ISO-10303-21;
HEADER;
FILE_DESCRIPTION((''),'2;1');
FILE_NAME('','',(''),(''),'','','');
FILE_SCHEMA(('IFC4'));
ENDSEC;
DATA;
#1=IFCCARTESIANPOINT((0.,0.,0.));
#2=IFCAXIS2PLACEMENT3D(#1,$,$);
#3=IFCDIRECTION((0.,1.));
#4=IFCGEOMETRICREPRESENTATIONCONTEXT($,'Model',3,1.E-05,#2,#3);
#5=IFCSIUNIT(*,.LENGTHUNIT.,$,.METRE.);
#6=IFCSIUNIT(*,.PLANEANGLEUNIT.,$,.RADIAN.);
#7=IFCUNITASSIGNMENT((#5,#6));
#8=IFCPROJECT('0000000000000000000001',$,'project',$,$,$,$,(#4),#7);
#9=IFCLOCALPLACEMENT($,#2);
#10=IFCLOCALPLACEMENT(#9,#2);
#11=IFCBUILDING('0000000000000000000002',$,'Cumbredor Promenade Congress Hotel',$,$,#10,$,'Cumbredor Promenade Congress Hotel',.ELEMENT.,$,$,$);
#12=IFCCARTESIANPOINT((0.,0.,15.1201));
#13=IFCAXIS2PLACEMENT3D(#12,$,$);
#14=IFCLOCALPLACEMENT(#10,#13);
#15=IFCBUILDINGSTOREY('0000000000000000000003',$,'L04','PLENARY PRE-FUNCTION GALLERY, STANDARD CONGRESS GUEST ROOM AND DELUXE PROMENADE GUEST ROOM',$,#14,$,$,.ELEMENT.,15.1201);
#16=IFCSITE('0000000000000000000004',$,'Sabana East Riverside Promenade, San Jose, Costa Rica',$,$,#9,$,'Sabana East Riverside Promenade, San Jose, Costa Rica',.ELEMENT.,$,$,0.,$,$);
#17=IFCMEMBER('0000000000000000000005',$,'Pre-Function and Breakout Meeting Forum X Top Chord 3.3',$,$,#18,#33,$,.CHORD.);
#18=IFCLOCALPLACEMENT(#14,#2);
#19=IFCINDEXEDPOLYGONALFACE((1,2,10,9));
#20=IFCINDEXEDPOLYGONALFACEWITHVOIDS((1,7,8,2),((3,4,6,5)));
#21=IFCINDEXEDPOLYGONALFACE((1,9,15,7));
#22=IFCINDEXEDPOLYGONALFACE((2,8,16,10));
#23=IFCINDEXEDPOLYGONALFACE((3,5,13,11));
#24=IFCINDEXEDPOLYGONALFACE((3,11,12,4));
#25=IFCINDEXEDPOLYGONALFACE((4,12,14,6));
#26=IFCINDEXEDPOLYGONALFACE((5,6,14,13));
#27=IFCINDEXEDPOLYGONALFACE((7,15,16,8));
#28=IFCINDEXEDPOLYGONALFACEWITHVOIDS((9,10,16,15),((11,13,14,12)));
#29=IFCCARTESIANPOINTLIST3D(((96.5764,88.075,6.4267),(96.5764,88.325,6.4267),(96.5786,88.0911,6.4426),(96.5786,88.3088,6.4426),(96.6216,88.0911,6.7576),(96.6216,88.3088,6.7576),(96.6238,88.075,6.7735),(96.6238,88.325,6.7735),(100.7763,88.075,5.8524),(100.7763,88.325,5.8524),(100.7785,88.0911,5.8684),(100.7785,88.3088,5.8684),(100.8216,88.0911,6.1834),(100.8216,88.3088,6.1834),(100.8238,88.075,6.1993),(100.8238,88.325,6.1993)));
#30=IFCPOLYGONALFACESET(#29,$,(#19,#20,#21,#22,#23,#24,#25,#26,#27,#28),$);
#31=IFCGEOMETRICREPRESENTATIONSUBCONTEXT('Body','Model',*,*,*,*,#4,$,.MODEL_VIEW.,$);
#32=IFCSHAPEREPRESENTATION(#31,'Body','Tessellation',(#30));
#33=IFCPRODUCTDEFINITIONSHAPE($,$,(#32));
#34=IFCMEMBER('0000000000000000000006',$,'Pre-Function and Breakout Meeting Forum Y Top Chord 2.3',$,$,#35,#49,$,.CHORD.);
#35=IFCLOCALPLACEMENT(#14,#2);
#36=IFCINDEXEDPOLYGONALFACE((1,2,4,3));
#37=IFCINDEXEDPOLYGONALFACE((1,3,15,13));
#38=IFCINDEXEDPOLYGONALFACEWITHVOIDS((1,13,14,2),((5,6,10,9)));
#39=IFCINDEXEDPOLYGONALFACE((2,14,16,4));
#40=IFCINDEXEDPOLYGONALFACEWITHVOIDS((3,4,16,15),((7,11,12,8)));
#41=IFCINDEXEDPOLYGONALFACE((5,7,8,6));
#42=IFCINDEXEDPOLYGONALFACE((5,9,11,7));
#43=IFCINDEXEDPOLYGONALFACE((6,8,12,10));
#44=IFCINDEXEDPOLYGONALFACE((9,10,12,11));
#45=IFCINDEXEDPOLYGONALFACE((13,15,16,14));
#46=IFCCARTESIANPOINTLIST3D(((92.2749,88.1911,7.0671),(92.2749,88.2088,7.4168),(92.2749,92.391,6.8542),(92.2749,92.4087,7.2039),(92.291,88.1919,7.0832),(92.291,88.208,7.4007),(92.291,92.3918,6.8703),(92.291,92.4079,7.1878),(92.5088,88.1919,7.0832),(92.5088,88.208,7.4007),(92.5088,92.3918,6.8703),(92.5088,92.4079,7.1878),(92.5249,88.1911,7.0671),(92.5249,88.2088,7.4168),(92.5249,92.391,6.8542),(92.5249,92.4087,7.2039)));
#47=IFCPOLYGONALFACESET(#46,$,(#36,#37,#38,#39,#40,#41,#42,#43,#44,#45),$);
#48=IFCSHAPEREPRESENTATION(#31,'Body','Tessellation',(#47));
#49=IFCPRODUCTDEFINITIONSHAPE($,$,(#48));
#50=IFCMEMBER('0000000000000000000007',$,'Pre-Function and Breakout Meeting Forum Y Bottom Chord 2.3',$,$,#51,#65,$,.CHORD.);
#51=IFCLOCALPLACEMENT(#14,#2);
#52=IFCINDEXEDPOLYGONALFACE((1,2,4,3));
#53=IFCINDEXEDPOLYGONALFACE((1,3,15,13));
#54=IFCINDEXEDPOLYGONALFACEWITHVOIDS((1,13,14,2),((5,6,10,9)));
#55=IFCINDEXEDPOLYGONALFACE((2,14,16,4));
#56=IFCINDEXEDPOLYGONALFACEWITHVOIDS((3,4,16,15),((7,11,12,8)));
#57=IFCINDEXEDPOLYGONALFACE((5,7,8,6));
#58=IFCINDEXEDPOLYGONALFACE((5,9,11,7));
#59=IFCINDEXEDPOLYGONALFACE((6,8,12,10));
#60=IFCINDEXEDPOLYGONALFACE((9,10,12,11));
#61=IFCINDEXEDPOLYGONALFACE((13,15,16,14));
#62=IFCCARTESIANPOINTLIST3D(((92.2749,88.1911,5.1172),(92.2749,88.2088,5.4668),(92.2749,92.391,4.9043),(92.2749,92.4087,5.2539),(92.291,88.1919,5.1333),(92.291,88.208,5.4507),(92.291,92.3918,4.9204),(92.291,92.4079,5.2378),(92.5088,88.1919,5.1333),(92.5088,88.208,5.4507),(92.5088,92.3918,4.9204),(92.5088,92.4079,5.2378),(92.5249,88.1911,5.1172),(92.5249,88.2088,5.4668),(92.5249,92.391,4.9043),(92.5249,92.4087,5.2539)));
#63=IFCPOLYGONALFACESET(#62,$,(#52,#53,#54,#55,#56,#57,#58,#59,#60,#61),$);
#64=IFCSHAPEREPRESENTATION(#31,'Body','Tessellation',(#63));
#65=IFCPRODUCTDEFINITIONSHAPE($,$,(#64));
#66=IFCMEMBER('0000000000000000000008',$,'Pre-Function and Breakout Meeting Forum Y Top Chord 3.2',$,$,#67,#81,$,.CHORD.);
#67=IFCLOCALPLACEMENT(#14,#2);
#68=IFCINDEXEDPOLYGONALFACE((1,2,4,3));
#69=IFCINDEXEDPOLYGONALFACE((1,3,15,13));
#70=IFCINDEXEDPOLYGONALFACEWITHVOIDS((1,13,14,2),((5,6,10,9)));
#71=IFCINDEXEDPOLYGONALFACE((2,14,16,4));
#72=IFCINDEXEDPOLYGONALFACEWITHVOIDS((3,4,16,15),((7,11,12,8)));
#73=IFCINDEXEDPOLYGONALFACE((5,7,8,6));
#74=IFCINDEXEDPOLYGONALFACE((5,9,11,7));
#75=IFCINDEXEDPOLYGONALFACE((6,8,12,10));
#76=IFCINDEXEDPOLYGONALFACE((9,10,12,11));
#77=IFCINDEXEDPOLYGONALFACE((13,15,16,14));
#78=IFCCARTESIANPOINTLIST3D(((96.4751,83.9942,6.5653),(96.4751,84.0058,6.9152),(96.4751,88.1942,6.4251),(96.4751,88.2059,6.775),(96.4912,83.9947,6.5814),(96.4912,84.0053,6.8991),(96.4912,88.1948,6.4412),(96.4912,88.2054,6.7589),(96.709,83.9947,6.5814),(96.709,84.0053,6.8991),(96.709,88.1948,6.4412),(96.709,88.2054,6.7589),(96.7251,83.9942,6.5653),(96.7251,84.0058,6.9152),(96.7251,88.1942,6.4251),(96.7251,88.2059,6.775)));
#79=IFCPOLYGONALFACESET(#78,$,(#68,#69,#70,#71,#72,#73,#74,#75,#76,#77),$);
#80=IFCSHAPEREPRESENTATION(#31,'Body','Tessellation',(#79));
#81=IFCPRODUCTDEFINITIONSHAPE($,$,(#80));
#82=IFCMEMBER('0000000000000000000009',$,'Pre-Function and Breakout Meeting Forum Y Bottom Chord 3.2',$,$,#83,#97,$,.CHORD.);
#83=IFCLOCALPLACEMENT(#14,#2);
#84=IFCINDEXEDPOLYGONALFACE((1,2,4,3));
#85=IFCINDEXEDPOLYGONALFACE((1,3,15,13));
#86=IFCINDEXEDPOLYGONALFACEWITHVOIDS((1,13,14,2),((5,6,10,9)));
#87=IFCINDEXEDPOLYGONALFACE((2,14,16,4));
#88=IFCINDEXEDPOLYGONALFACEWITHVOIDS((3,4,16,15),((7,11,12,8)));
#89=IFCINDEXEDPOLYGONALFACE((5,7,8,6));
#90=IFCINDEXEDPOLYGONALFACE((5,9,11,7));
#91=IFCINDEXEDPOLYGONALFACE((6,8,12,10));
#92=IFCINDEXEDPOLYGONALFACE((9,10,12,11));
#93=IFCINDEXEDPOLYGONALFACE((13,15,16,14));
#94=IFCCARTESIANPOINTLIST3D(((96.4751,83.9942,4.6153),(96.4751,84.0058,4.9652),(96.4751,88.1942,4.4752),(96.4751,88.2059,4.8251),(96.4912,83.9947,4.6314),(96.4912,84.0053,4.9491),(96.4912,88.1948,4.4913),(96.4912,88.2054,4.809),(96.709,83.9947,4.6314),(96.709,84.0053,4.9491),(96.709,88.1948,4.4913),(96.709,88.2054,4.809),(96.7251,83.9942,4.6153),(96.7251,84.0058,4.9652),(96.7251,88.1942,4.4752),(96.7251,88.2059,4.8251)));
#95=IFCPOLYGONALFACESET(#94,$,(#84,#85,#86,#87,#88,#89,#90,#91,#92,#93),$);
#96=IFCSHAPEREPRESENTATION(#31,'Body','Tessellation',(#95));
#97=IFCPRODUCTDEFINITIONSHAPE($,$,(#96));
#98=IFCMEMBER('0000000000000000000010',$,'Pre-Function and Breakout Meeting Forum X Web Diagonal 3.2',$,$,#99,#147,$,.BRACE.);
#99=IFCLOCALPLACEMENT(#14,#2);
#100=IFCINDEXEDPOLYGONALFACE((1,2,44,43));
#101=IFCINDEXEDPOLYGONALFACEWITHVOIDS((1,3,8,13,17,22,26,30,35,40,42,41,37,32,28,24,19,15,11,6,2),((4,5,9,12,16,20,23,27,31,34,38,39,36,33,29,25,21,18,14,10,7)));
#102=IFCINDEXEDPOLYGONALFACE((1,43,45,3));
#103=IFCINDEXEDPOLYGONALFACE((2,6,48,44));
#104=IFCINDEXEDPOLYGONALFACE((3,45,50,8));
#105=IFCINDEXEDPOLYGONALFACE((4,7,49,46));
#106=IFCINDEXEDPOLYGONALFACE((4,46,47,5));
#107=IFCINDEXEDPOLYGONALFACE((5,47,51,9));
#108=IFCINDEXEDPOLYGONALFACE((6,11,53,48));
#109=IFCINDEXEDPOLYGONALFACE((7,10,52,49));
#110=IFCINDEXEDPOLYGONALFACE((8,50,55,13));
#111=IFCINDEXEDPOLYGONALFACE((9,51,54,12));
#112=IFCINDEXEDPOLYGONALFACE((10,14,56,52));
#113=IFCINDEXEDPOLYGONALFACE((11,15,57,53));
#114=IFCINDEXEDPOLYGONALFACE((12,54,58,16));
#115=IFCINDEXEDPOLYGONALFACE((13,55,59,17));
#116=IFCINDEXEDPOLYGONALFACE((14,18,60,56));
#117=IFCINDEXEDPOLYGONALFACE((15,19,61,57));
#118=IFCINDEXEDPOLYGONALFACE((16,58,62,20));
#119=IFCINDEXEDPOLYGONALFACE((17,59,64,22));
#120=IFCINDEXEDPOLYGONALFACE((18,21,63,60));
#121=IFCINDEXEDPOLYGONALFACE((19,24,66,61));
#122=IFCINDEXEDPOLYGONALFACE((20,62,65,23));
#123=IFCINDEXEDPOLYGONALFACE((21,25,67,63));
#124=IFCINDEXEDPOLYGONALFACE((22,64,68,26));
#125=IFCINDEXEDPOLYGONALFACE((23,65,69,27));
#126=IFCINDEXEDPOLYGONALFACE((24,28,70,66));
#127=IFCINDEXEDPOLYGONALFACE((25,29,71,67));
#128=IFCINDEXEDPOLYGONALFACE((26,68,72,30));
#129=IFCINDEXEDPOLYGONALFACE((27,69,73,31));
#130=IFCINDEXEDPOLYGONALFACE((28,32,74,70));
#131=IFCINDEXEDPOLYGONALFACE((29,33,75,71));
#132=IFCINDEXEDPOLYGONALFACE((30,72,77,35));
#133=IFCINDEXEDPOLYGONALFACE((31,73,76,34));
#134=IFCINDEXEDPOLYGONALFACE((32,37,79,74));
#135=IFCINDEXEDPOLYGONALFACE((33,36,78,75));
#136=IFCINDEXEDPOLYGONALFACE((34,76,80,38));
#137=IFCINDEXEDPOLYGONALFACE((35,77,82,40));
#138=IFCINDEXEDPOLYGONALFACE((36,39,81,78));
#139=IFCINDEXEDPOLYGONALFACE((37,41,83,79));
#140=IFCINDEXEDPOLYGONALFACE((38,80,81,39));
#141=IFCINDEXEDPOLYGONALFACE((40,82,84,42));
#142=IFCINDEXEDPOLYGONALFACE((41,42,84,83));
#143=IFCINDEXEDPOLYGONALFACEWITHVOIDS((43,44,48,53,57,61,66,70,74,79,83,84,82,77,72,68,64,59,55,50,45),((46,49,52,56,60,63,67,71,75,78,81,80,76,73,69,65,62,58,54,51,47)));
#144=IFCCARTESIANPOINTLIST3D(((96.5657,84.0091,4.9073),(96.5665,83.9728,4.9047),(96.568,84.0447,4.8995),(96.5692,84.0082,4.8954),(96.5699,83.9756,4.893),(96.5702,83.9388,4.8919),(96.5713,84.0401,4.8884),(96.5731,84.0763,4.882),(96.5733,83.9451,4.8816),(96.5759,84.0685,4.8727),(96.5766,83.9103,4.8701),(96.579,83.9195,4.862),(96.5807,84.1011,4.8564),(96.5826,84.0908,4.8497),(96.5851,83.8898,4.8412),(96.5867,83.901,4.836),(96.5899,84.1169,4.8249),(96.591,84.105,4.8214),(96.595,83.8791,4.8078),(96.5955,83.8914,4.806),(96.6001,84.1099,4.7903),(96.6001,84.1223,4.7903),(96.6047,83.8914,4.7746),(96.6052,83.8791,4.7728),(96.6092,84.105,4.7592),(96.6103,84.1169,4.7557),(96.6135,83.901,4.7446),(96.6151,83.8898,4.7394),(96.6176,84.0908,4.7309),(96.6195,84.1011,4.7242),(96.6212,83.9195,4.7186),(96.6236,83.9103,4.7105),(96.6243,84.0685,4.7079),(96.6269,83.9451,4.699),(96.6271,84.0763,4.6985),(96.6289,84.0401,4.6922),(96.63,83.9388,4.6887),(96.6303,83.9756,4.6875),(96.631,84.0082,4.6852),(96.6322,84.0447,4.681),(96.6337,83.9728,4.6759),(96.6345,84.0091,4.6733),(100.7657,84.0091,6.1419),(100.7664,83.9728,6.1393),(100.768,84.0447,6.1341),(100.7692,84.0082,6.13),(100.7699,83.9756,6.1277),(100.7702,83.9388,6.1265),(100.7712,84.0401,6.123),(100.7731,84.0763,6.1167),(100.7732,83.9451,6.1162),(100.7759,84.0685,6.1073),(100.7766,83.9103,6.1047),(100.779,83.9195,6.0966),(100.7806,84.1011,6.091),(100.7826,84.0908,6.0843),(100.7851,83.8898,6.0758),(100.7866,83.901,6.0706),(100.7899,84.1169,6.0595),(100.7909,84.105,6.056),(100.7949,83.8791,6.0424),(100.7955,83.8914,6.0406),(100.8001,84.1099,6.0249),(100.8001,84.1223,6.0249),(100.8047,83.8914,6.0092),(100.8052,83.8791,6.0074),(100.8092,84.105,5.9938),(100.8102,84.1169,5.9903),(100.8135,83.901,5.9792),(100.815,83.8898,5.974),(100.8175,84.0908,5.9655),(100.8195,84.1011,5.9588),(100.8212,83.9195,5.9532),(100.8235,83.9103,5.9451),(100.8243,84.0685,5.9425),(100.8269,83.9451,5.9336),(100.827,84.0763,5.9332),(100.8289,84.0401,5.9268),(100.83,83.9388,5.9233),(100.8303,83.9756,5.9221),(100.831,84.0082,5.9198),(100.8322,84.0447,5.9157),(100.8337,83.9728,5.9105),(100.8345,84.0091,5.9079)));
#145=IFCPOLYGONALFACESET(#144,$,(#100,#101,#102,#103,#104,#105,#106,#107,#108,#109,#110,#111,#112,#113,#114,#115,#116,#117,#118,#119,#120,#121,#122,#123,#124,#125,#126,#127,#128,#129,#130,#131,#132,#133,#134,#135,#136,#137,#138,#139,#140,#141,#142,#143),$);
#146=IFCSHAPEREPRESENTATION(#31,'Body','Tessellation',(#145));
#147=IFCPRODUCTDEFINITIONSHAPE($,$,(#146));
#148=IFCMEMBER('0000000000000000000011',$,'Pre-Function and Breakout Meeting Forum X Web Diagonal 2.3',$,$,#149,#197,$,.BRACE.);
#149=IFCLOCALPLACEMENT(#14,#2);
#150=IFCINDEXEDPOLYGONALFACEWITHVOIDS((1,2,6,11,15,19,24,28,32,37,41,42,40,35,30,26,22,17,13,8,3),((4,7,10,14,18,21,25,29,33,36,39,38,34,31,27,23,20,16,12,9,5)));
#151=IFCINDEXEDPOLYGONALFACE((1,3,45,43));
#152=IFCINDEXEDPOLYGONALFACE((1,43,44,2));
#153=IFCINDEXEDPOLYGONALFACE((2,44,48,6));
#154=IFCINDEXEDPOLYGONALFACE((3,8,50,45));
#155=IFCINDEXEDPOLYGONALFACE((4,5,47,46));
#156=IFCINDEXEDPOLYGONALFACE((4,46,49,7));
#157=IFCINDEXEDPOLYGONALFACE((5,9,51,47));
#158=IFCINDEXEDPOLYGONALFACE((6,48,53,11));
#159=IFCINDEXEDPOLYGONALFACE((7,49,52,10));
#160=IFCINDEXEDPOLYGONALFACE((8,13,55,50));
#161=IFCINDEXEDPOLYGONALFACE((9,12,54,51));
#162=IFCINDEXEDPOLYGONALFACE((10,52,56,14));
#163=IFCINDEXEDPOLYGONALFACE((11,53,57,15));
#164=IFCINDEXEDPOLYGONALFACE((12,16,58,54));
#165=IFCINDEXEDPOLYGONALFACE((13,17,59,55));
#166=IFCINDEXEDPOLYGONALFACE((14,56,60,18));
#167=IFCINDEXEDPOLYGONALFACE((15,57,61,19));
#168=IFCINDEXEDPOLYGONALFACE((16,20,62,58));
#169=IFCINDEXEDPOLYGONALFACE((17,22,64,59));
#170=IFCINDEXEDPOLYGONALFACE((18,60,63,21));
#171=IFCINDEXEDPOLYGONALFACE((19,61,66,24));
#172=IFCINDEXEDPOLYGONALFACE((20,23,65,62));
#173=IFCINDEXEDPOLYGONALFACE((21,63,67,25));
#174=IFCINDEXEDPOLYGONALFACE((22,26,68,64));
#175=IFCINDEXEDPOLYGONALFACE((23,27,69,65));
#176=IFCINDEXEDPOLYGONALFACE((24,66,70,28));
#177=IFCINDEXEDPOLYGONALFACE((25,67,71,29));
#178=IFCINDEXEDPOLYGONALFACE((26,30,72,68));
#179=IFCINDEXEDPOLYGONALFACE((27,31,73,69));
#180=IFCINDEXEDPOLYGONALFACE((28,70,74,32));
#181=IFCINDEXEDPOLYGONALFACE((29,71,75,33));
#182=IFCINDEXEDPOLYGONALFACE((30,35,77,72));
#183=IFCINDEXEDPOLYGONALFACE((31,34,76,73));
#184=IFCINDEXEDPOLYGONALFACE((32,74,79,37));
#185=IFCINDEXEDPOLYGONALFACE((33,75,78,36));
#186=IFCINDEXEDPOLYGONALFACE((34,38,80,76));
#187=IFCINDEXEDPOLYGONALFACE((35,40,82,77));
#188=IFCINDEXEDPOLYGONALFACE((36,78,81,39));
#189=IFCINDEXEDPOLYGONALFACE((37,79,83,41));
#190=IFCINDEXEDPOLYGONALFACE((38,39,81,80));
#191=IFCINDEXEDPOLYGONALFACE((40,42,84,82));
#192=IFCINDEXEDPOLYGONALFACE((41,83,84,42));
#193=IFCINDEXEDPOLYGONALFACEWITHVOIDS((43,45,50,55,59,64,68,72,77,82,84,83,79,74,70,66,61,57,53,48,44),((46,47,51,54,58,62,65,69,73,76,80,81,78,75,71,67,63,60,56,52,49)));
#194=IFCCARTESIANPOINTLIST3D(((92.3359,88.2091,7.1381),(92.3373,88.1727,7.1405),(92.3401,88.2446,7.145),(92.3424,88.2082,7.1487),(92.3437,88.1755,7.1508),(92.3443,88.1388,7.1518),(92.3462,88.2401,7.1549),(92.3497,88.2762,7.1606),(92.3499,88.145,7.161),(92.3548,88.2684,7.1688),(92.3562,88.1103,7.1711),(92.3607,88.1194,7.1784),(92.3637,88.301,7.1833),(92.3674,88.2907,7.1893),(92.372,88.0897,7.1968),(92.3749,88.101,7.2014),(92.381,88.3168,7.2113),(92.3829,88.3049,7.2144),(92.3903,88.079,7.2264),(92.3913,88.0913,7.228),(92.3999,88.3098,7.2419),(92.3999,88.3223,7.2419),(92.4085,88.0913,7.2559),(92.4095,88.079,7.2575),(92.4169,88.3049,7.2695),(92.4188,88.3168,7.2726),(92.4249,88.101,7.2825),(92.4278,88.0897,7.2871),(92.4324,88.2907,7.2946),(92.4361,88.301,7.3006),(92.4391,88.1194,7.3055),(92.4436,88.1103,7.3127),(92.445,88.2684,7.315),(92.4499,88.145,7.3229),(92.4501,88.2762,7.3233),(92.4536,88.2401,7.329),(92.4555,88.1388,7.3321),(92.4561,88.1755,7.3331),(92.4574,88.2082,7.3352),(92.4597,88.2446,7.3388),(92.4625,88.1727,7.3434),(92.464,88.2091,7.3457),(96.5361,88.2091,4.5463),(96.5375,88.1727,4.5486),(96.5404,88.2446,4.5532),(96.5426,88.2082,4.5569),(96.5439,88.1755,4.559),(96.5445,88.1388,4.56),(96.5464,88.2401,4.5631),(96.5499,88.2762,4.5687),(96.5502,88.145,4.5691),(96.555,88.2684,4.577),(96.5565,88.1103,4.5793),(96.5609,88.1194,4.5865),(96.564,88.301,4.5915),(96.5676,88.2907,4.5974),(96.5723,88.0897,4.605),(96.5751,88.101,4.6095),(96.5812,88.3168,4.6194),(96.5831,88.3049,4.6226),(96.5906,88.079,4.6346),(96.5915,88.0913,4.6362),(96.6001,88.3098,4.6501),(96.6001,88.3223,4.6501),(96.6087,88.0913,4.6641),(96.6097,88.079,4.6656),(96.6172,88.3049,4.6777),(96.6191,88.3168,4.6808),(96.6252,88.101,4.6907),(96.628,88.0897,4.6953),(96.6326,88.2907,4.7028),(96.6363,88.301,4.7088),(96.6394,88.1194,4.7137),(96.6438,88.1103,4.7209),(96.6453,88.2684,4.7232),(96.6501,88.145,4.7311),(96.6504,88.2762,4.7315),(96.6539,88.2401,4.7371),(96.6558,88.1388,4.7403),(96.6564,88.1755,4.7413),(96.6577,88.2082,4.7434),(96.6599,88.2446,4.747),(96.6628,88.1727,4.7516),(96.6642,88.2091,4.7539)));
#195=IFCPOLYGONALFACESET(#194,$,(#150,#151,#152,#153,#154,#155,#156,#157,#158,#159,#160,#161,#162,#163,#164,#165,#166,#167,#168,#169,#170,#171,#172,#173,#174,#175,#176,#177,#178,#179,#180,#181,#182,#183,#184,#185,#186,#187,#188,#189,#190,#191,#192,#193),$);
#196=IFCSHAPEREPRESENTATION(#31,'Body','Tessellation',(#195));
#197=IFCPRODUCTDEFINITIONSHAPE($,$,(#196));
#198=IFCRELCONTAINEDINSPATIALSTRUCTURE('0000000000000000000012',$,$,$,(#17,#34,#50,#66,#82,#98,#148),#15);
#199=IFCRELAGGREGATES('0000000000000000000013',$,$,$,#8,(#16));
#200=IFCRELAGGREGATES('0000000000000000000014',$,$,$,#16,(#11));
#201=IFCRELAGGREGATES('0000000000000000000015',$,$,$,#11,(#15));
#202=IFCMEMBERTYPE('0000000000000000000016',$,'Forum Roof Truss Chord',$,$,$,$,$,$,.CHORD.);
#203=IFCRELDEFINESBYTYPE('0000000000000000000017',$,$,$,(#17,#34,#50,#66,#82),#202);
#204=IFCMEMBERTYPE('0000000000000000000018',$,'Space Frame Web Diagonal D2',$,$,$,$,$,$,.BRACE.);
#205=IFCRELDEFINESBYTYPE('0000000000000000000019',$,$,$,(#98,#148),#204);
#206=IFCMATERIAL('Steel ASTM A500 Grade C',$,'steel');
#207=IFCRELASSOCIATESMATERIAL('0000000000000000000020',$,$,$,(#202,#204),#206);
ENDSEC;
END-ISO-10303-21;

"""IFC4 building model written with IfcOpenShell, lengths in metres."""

from ifc_helpers import new_model, si_unit, direction, frame, origin, origin_2d, place, context, subcontext, project, spatial, hollow_rectangle, hollow_circle, extrude, material, material_profile, profile_set, type_object, element, save


model = new_model("IFC4")

# Units and contexts
model_context = context("Model", 3, precision=1e-05, world=origin(), true_north=direction((0.0, 1.0)))
body_context = subcontext(model_context, "Body", "Model", "MODEL_VIEW")
ifc_project = project(units=[si_unit("LENGTHUNIT", "METRE"), si_unit("PLANEANGLEUNIT", "RADIAN")], contexts=[model_context])

# Site, building, storey
site_placement = place(None, origin())
site = spatial("IfcSite", under=ifc_project, at=site_placement, Name="Sabana East Riverside Promenade, San Jose, Costa Rica", LongName="Sabana East Riverside Promenade, San Jose, Costa Rica", CompositionType="ELEMENT", RefElevation=0.0)
building_placement = place(site_placement, origin())
building = spatial("IfcBuilding", under=site, at=building_placement, Name="Cumbredor Promenade Congress Hotel", LongName="Cumbredor Promenade Congress Hotel", CompositionType="ELEMENT")
storey_placement = place(building_placement, frame((0.0, 0.0, 15.1201)))
storey = spatial("IfcBuildingStorey", under=building, at=storey_placement, Name="L04", Description="PLENARY PRE-FUNCTION GALLERY, STANDARD CONGRESS GUEST ROOM AND DELUXE PROMENADE GUEST ROOM", CompositionType="ELEMENT", Elevation=15.1201)

# Members
ifc_material_1 = material(Name="Steel ASTM A500 Grade C", Category="steel")
ifc_material_profile_1 = material_profile(ifc_material_1, hollow_rectangle(XDim=0.25, YDim=0.3501, WallThickness=0.0161, at=origin_2d()), Name="HSS 350x250x16")
ifc_profile_set_1 = profile_set([ifc_material_profile_1], Name="Steel ASTM A500 Grade C")
member_type_1 = type_object("IfcMemberType", Name="Forum Roof Truss Chord", PredefinedType="CHORD", material=ifc_profile_set_1)
member_1_placement = place(storey_placement, frame((96.6001, 88.2, 6.6001), z_axis=(0.990783, 0.0, -0.13546), x_axis=(0.0, 1.0, 0.0)))
element("IfcMember", 1, at=member_1_placement, inside=storey, type_object=member_type_1, Name="Pre-Function and Breakout Meeting Forum X Top Chord 3.3", PredefinedType="CHORD", context=body_context, shape_type="SweptSolid", body=[
    extrude(hollow_rectangle(XDim=0.25, YDim=0.3501, WallThickness=0.0161, at=origin_2d()), origin(), (0.0, 0.0, 1.0), 4.239),
])
for number, where, z_axis, x_axis, name in (
    (2, (92.3999, 88.2, 7.2419), (0.0, 0.998718, -0.050624), (-1.0, 0.0, 0.0), "Pre-Function and Breakout Meeting Forum Y Top Chord 2.3"),
    (3, (92.3999, 88.2, 5.292), (0.0, 0.998718, -0.050624), (-1.0, 0.0, 0.0), "Pre-Function and Breakout Meeting Forum Y Bottom Chord 2.3"),
):
    element("IfcMember", number, at=place(storey_placement, frame(where, z_axis=z_axis, x_axis=x_axis)), inside=storey, type_object=member_type_1, Name=name, PredefinedType="CHORD", context=body_context, shape_type="SweptSolid", body=[
        extrude(hollow_rectangle(XDim=0.25, YDim=0.3501, WallThickness=0.0161, at=origin_2d()), origin(), (0.0, 0.0, 1.0), 4.2053),
    ])
for number, where, z_axis, x_axis, name in (
    (4, (96.6001, 84.0, 6.7402), (0.0, 0.999444, -0.033348), (-1.0, 0.0, 0.0), "Pre-Function and Breakout Meeting Forum Y Top Chord 3.2"),
    (5, (96.6001, 84.0, 4.7903), (0.0, 0.999444, -0.033348), (-1.0, 0.0, 0.0), "Pre-Function and Breakout Meeting Forum Y Bottom Chord 3.2"),
):
    element("IfcMember", number, at=place(storey_placement, frame(where, z_axis=z_axis, x_axis=x_axis)), inside=storey, type_object=member_type_1, Name=name, PredefinedType="CHORD", context=body_context, shape_type="SweptSolid", body=[
        extrude(hollow_rectangle(XDim=0.25, YDim=0.3501, WallThickness=0.0161, at=origin_2d()), origin(), (0.0, 0.0, 1.0), 4.2024),
    ])
ifc_material_profile_2 = material_profile(ifc_material_1, hollow_circle(Radius=0.1223, WallThickness=0.0125, at=origin_2d()), Name="CHS 244.5x12.5")
ifc_profile_set_2 = profile_set([ifc_material_profile_2], Name="Steel ASTM A500 Grade C")
member_type_2 = type_object("IfcMemberType", Name="Space Frame Web Diagonal D2", PredefinedType="BRACE", material=ifc_profile_set_2)
member_2_placement = place(storey_placement, frame((96.6001, 84.0, 4.7903), z_axis=(0.959406, 0.0, 0.282027), x_axis=(0.0, 1.0, 0.0)))
element("IfcMember", 6, at=member_2_placement, inside=storey, type_object=member_type_2, Name="Pre-Function and Breakout Meeting Forum X Web Diagonal 3.2", PredefinedType="BRACE", context=body_context, shape_type="SweptSolid", body=[
    extrude(hollow_circle(Radius=0.1223, WallThickness=0.0125, at=origin_2d()), origin(), (0.0, 0.0, 1.0), 4.3777),
])
member_3_placement = place(storey_placement, frame((92.3999, 88.2, 7.2419), z_axis=(0.851019, 0.0, -0.525135), x_axis=(0.0, 1.0, 0.0)))
element("IfcMember", 7, at=member_3_placement, inside=storey, type_object=member_type_2, Name="Pre-Function and Breakout Meeting Forum X Web Diagonal 2.3", PredefinedType="BRACE", context=body_context, shape_type="SweptSolid", body=[
    extrude(hollow_circle(Radius=0.1223, WallThickness=0.0125, at=origin_2d()), origin(), (0.0, 0.0, 1.0), 4.9355),
])

save(model, "model.ifc")
